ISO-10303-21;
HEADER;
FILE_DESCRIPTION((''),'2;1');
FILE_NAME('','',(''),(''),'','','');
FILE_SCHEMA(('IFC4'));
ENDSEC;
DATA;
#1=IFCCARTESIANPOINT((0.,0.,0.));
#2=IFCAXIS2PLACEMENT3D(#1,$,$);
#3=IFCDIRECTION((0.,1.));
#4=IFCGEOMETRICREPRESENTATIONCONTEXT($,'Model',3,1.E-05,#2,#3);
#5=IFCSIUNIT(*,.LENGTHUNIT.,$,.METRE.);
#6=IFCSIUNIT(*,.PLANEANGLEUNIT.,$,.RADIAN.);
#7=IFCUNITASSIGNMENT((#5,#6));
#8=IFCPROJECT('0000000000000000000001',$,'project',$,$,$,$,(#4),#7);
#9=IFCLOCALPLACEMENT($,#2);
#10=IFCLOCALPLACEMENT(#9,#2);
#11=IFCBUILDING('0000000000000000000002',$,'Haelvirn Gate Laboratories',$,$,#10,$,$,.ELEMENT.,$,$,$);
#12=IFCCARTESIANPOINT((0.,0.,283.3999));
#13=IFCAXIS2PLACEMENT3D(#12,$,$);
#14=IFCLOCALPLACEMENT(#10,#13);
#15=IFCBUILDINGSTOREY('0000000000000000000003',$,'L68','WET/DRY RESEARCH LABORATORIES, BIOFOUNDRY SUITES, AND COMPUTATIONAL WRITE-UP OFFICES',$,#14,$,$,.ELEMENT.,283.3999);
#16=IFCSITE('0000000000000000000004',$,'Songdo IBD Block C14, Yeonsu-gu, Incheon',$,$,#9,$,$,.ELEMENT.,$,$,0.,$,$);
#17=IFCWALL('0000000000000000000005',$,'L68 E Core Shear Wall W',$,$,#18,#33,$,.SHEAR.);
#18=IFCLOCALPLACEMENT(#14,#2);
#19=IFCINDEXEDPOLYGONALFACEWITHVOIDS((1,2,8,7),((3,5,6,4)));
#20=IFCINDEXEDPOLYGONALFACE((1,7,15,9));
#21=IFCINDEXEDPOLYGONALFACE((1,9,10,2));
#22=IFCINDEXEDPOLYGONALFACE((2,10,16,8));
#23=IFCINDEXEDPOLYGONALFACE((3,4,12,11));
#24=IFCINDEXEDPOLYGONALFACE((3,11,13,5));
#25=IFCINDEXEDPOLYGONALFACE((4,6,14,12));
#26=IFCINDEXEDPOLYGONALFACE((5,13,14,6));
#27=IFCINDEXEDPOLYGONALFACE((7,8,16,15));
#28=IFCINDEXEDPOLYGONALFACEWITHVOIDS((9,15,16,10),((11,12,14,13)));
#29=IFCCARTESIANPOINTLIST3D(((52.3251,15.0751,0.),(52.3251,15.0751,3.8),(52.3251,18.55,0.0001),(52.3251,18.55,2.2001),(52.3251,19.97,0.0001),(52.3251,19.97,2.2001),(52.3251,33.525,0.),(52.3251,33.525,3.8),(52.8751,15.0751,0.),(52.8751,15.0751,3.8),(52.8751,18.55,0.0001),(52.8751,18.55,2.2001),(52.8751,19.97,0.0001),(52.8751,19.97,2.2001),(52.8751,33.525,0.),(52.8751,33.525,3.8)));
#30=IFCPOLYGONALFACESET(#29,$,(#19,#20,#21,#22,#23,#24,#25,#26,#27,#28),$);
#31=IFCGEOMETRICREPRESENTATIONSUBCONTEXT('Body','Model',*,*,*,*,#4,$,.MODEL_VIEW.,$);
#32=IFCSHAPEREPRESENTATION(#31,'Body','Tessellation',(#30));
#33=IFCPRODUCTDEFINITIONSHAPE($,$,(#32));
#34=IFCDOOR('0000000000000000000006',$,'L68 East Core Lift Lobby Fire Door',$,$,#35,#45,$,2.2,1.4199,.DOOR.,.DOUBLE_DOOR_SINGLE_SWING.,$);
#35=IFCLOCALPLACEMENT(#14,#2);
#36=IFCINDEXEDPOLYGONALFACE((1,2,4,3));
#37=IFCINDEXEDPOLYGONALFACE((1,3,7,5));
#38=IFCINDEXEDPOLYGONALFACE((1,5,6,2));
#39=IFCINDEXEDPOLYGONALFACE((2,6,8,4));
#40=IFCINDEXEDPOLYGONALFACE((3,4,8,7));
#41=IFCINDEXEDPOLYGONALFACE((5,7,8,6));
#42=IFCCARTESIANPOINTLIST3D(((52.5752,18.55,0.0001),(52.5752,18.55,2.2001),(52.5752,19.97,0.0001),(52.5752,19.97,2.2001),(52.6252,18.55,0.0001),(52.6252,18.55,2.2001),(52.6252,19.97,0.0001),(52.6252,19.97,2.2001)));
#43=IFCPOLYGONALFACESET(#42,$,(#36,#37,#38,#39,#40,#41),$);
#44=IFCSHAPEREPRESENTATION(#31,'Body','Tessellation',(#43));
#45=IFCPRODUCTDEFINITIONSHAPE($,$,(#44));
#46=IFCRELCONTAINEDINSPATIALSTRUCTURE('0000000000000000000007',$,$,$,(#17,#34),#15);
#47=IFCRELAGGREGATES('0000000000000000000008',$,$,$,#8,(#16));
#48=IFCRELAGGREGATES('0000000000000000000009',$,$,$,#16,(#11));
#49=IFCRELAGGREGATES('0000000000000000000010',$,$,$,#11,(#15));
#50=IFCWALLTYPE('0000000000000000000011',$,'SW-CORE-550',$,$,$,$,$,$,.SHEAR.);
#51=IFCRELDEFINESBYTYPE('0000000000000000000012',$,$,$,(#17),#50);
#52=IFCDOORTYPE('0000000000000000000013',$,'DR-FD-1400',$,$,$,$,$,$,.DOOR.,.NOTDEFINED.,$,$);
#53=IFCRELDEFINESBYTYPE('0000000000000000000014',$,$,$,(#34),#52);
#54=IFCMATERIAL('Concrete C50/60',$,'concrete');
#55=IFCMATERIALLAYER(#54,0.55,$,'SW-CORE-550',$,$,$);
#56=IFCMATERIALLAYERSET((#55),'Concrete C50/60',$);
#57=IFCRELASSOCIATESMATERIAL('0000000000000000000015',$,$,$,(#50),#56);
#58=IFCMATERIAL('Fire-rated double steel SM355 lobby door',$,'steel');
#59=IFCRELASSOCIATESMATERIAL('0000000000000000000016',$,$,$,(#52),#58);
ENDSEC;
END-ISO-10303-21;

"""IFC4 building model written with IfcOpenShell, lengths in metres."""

from ifc_helpers import new_model, si_unit, direction, frame, frame_2d, origin, place, context, subcontext, project, spatial, rectangle, extrude, source, transform, mapped, material, layer, layer_set, type_object, type_shapes, element, fill, save


model = new_model("IFC4")

# Units and contexts
model_context = context("Model", 3, precision=1e-05, world=origin(), true_north=direction((0.0, 1.0)))
body_context = subcontext(model_context, "Body", "Model", "MODEL_VIEW")
ifc_project = project(units=[si_unit("LENGTHUNIT", "METRE"), si_unit("PLANEANGLEUNIT", "RADIAN")], contexts=[model_context])

# Site, building, storey
site_placement = place(None, origin())
site = spatial("IfcSite", under=ifc_project, at=site_placement, Name="Songdo IBD Block C14, Yeonsu-gu, Incheon", CompositionType="ELEMENT", RefElevation=0.0)
building_placement = place(site_placement, origin())
building = spatial("IfcBuilding", under=site, at=building_placement, Name="Haelvirn Gate Laboratories", CompositionType="ELEMENT")
storey_placement = place(building_placement, frame((0.0, 0.0, 283.3999)))
storey = spatial("IfcBuildingStorey", under=building, at=storey_placement, Name="L68", Description="WET/DRY RESEARCH LABORATORIES, BIOFOUNDRY SUITES, AND COMPUTATIONAL WRITE-UP OFFICES", CompositionType="ELEMENT", Elevation=283.3999)

# Shared definitions
ifc_material_1 = material(Name="Concrete C50/60", Category="concrete")
ifc_layer_1 = layer(ifc_material_1, 0.55, Name="SW-CORE-550")
ifc_layer_set_1 = layer_set([ifc_layer_1], Name="Concrete C50/60")
wall_type_1 = type_object("IfcWallType", Name="SW-CORE-550", PredefinedType="SHEAR", material=ifc_layer_set_1)

# Wall, opening, door
wall_1_placement = place(storey_placement, frame((52.6001, 15.075, 0.0), z_axis=(0.0, 0.0, 1.0), x_axis=(0.0, 1.0, 0.0)))
wall_1 = element("IfcWall", 1, at=wall_1_placement, inside=storey, type_object=wall_type_1, Name="L68 E Core Shear Wall W", PredefinedType="SHEAR", context=body_context, shape_type="SweptSolid", body=[
    extrude(rectangle(XDim=18.45, YDim=0.55, at=frame_2d((9.2251, 0.0))), origin(), (0.0, 0.0, 1.0), 3.8),
])
opening_1_placement = place(wall_1_placement, frame((3.4751, 0.0, 0.0)))
opening_1 = element("IfcOpeningElement", 2, at=opening_1_placement, cuts=wall_1, PredefinedType="OPENING", context=body_context, shape_type="SweptSolid", body=[
    extrude(rectangle(XDim=1.4199, YDim=2.2, at=frame_2d((0.71, 1.1001))), frame((0.0, 0.2852, 0.0), z_axis=(0.0, -1.0, 0.0), x_axis=(1.0, 0.0, 0.0)), (0.0, 0.0, 1.0), 0.5701),
])
ifc_material_2 = material(Name="Fire-rated double steel SM355 lobby door", Category="steel")
door_type_1 = type_object("IfcDoorType", Name="DR-FD-1400", OperationType="NOTDEFINED", PredefinedType="DOOR", material=ifc_material_2)
shared_shape_1 = source(origin(), body_context, "Body", "SweptSolid", [
    extrude(rectangle(XDim=1.4199, YDim=2.2, at=frame_2d((0.71, 1.1001))), frame((0.0, 0.0249, 0.0), z_axis=(0.0, -1.0, 0.0), x_axis=(1.0, 0.0, 0.0)), (0.0, 0.0, 1.0), 0.05),
])
type_shapes(door_type_1, [shared_shape_1])
door_1_placement = place(opening_1_placement, origin())
door_1 = element("IfcDoor", 3, at=door_1_placement, inside=storey, type_object=door_type_1, Name="L68 East Core Lift Lobby Fire Door", OperationType="DOUBLE_DOOR_SINGLE_SWING", OverallHeight=2.2, OverallWidth=1.4199, PredefinedType="DOOR", context=body_context, shape_type="MappedRepresentation", body=[
    mapped(shared_shape_1, transform((0.0, 0.0, 0.0), scale=1.0)),
])
fill(opening_1, door_1)

save(model, "model.ifc")
